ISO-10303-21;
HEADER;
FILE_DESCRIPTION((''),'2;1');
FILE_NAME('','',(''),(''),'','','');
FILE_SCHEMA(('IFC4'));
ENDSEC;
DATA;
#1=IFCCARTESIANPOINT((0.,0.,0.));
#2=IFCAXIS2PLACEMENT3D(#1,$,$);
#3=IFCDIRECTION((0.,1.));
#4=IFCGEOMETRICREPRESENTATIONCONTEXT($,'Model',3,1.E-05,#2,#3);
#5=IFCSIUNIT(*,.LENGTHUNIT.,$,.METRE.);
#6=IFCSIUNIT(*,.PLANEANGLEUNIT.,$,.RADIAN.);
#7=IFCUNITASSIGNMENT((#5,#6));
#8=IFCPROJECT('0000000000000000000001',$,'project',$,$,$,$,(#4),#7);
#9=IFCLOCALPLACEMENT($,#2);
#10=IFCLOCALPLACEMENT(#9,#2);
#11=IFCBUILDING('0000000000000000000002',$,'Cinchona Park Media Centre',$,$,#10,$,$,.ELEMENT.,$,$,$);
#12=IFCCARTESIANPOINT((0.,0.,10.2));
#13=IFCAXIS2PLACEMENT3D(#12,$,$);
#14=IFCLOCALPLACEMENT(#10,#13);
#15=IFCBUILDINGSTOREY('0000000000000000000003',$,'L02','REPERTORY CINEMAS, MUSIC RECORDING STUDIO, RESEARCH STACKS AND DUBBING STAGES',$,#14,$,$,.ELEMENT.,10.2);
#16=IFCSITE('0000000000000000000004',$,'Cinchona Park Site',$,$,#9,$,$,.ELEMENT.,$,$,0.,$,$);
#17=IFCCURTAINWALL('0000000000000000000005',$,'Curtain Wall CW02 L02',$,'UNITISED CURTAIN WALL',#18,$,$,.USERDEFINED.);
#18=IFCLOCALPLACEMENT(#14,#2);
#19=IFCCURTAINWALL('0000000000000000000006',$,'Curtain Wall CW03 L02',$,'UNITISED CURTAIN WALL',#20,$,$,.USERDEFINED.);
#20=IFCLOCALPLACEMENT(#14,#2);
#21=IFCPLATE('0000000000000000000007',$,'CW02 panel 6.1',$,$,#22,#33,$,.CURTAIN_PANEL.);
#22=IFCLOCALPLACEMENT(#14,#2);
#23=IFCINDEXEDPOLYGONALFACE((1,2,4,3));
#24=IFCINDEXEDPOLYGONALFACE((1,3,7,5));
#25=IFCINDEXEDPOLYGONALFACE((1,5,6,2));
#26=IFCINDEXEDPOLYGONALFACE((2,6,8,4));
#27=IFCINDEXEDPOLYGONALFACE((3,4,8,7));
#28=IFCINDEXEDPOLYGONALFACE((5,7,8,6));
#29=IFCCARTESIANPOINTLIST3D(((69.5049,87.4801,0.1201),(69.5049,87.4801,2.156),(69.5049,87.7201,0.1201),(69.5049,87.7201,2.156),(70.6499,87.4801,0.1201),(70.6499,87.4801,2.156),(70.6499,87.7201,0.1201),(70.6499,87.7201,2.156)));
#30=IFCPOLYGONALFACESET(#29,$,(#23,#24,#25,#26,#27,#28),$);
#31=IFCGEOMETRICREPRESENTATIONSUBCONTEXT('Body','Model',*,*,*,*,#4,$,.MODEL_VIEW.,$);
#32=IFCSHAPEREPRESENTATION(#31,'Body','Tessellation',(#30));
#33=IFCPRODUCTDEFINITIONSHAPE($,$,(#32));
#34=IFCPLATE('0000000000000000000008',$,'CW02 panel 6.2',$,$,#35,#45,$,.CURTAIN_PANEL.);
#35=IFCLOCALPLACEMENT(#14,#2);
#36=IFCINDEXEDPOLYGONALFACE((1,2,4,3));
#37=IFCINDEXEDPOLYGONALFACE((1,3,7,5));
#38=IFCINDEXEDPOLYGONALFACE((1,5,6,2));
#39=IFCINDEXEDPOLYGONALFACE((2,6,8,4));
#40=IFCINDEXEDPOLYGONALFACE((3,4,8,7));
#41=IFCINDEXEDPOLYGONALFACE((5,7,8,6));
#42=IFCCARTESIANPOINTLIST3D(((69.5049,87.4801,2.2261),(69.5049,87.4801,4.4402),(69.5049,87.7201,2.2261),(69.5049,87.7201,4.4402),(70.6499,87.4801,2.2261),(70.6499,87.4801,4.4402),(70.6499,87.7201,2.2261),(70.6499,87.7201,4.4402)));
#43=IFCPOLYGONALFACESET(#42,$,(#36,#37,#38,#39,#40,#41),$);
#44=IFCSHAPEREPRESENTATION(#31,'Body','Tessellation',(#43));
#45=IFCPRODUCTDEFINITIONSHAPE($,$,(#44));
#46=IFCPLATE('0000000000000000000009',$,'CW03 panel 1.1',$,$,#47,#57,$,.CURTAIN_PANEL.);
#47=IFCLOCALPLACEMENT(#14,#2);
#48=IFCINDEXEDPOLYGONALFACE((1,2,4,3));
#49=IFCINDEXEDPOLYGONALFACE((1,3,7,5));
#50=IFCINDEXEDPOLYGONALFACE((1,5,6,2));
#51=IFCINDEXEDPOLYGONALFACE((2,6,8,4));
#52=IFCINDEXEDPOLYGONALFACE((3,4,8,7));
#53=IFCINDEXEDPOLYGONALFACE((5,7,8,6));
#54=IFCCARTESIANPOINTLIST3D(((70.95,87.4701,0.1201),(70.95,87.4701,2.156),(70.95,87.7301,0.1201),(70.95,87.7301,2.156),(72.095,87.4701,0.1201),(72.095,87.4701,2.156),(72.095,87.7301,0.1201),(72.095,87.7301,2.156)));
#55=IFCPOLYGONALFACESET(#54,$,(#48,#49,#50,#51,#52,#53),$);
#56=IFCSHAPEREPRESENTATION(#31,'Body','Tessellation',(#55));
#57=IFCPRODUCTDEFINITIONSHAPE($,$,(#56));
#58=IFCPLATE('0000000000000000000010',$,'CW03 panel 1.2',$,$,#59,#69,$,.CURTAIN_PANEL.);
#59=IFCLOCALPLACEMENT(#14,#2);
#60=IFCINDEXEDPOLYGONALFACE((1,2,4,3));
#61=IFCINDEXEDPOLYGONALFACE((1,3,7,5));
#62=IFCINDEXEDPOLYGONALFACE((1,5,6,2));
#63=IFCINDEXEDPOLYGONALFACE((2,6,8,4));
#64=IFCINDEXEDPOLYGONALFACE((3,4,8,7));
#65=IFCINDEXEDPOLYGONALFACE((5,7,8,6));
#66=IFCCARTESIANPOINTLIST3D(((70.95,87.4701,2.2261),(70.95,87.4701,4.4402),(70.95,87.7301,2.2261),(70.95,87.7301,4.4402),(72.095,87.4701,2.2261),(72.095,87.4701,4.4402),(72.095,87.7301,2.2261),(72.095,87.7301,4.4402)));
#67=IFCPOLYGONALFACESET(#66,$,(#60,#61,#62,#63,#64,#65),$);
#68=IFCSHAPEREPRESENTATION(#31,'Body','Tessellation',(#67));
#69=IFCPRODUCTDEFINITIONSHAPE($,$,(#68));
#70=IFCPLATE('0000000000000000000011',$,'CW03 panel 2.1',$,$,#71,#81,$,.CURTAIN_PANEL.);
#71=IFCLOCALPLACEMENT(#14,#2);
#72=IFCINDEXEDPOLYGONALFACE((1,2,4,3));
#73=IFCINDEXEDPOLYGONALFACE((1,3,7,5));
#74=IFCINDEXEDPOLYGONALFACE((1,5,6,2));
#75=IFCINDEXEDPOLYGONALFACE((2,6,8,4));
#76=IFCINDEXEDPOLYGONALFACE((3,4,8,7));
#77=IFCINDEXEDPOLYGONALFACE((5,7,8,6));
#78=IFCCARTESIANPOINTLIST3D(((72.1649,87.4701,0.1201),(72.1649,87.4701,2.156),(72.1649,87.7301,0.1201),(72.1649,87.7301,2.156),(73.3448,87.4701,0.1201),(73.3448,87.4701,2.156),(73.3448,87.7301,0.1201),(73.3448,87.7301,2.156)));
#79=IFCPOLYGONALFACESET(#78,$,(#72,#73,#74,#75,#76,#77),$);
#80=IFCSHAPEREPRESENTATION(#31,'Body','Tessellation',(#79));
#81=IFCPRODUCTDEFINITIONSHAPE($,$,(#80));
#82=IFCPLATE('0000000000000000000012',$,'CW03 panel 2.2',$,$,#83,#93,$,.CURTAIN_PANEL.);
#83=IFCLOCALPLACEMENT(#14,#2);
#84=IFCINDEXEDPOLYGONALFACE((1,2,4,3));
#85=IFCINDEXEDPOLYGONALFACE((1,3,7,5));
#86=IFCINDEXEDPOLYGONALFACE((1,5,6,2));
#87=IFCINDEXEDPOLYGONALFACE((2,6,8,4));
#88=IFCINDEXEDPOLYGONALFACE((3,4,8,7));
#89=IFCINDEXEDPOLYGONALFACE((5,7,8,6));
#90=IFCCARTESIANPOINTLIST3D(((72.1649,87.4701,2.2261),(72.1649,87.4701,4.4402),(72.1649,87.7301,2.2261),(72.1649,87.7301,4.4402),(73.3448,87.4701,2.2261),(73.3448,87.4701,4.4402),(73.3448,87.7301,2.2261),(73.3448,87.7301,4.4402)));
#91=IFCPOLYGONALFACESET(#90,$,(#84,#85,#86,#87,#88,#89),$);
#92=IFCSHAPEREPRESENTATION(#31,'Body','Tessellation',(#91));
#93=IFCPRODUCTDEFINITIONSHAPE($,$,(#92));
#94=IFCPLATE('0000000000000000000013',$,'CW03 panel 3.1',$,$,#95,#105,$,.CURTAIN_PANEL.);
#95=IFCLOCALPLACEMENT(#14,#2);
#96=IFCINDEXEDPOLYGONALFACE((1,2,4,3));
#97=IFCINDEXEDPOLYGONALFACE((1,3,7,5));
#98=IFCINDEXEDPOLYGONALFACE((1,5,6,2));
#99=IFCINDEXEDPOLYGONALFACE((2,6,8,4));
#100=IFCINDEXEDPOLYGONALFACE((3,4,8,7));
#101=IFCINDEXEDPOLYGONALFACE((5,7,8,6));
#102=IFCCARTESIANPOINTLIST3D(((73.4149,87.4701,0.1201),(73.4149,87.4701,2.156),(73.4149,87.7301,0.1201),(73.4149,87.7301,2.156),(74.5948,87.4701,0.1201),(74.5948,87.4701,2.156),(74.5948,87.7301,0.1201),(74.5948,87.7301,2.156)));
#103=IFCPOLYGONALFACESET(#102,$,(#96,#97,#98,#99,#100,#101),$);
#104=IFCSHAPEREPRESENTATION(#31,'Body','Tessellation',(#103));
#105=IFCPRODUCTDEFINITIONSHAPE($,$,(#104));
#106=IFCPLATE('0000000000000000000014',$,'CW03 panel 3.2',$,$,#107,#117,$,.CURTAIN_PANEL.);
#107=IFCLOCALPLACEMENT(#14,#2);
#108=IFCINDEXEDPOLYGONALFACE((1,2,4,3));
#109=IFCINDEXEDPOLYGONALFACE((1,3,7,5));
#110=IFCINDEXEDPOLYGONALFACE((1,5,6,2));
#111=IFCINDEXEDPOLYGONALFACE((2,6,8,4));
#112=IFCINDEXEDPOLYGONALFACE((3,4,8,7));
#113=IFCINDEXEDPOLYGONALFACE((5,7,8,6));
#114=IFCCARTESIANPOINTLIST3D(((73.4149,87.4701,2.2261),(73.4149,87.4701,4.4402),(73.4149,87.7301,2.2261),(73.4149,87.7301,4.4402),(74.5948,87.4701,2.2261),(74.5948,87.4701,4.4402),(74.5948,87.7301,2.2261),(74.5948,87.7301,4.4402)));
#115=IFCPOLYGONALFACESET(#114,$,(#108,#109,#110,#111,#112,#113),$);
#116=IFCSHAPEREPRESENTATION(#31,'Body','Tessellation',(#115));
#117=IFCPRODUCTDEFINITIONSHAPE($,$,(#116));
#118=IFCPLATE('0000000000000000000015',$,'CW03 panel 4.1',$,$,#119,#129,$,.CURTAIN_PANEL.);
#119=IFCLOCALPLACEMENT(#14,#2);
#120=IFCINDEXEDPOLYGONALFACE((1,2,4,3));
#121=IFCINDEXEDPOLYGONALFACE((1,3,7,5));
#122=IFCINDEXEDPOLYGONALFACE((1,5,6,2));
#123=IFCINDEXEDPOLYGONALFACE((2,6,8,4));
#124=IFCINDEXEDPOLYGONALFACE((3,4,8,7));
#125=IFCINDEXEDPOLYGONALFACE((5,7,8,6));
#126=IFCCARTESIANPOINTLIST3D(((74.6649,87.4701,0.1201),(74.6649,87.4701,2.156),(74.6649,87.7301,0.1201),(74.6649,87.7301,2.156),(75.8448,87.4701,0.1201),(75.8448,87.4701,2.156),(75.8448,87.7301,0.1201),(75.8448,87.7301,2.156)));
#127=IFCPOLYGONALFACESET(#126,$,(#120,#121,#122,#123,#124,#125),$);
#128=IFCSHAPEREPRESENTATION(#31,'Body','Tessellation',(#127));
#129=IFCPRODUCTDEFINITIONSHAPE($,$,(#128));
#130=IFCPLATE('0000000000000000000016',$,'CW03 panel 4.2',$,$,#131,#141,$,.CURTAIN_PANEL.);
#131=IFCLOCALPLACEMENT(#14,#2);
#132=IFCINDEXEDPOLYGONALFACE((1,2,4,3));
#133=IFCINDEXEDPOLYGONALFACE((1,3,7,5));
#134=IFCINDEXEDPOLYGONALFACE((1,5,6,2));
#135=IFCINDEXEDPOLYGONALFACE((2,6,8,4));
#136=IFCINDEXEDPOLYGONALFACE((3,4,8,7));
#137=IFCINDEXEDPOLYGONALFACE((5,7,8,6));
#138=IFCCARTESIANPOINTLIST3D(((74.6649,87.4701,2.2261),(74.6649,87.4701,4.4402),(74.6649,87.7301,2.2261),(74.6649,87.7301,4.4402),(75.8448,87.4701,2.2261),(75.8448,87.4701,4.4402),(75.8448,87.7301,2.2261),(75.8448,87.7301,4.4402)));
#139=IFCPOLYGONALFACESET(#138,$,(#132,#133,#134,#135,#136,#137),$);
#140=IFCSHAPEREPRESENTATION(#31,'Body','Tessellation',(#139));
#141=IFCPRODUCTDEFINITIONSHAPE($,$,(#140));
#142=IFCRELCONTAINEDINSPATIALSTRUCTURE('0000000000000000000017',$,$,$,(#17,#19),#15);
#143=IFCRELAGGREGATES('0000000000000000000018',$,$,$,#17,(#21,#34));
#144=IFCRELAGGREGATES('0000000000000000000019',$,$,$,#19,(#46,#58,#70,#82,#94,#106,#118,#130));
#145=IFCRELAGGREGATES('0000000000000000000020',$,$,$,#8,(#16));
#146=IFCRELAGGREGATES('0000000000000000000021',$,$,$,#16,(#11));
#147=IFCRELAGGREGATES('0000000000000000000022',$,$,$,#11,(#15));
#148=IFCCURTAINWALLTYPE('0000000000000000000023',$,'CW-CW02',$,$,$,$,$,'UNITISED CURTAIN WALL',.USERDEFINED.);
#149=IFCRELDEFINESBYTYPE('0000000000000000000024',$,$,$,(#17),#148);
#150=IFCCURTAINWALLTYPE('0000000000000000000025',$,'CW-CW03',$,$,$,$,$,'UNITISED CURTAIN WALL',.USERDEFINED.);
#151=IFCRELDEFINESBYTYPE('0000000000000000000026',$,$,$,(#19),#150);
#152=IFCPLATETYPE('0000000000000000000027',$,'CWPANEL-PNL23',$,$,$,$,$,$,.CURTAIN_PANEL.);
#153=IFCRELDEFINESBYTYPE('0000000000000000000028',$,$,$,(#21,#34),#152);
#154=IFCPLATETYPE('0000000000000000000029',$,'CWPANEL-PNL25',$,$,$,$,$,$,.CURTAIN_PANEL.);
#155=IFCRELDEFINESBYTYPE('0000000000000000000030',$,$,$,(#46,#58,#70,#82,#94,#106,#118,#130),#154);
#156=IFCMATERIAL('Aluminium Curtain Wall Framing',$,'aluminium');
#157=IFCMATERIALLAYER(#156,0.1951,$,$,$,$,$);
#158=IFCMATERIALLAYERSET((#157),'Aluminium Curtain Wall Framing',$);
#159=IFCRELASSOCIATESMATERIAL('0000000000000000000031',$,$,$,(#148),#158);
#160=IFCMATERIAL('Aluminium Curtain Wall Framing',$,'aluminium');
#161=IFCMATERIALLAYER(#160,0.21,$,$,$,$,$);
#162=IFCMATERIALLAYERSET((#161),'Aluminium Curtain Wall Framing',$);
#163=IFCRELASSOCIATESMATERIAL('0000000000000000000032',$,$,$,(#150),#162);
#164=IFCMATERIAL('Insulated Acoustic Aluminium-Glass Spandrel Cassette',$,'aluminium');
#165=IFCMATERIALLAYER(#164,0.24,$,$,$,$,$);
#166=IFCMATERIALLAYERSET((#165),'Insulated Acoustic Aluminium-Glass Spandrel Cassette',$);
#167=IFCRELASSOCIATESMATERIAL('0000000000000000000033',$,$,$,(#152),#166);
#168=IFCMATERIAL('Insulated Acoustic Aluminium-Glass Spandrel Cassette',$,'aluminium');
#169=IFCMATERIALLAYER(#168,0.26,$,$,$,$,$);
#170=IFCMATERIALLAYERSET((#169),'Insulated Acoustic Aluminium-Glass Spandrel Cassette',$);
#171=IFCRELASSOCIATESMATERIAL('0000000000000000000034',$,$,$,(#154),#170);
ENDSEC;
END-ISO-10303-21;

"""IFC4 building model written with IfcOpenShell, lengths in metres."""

from ifc_helpers import new_model, si_unit, direction, frame, origin, origin_2d, place, context, subcontext, project, spatial, rectangle, extrude, material, layer, layer_set, type_object, element, aggregate, save


model = new_model("IFC4")

# Units and contexts
model_context = context("Model", 3, precision=1e-05, world=origin(), true_north=direction((0.0, 1.0)))
body_context = subcontext(model_context, "Body", "Model", "MODEL_VIEW")
ifc_project = project(units=[si_unit("LENGTHUNIT", "METRE"), si_unit("PLANEANGLEUNIT", "RADIAN")], contexts=[model_context])

# Site, building, storey
site_placement = place(None, origin())
site = spatial("IfcSite", under=ifc_project, at=site_placement, Name="Cinchona Park Site", CompositionType="ELEMENT", RefElevation=0.0)
building_placement = place(site_placement, origin())
building = spatial("IfcBuilding", under=site, at=building_placement, Name="Cinchona Park Media Centre", CompositionType="ELEMENT")
storey_placement = place(building_placement, frame((0.0, 0.0, 10.2)))
storey = spatial("IfcBuildingStorey", under=building, at=storey_placement, Name="L02", Description="REPERTORY CINEMAS, MUSIC RECORDING STUDIO, RESEARCH STACKS AND DUBBING STAGES", CompositionType="ELEMENT", Elevation=10.2)

# Curtain walls
ifc_material_1 = material(Name="Aluminium Curtain Wall Framing", Category="aluminium")
ifc_layer_1 = layer(ifc_material_1, 0.1951)
ifc_layer_set_1 = layer_set([ifc_layer_1], Name="Aluminium Curtain Wall Framing")
curtain_wall_type_1 = type_object("IfcCurtainWallType", Name="CW-CW02", ElementType="UNITISED CURTAIN WALL", PredefinedType="USERDEFINED", material=ifc_layer_set_1)
curtain_wall_1_placement = place(storey_placement, origin())
curtain_wall_1 = element("IfcCurtainWall", 1, at=curtain_wall_1_placement, inside=storey, type_object=curtain_wall_type_1, Name="Curtain Wall CW02 L02", ObjectType="UNITISED CURTAIN WALL", PredefinedType="USERDEFINED")
ifc_material_2 = material(Name="Aluminium Curtain Wall Framing", Category="aluminium")
ifc_layer_2 = layer(ifc_material_2, 0.21)
ifc_layer_set_2 = layer_set([ifc_layer_2], Name="Aluminium Curtain Wall Framing")
curtain_wall_type_2 = type_object("IfcCurtainWallType", Name="CW-CW03", ElementType="UNITISED CURTAIN WALL", PredefinedType="USERDEFINED", material=ifc_layer_set_2)
curtain_wall_2_placement = place(storey_placement, origin())
curtain_wall_2 = element("IfcCurtainWall", 2, at=curtain_wall_2_placement, inside=storey, type_object=curtain_wall_type_2, Name="Curtain Wall CW03 L02", ObjectType="UNITISED CURTAIN WALL", PredefinedType="USERDEFINED")

# Plates
ifc_material_3 = material(Name="Insulated Acoustic Aluminium-Glass Spandrel Cassette", Category="aluminium")
ifc_layer_3 = layer(ifc_material_3, 0.24)
ifc_layer_set_3 = layer_set([ifc_layer_3], Name="Insulated Acoustic Aluminium-Glass Spandrel Cassette")
plate_type_1 = type_object("IfcPlateType", Name="CWPANEL-PNL23", PredefinedType="CURTAIN_PANEL", material=ifc_layer_set_3)
plate_1_placement = place(storey_placement, frame((70.0774, 87.6001, 0.1201), z_axis=(0.0, 0.0, 1.0), x_axis=(1.0, 0.0, 0.0)))
plate_1 = element("IfcPlate", 3, at=plate_1_placement, type_object=plate_type_1, Name="CW02 panel 6.1", PredefinedType="CURTAIN_PANEL", context=body_context, shape_type="SweptSolid", body=[
    extrude(rectangle(XDim=1.145, YDim=0.24, at=origin_2d()), origin(), (0.0, 0.0, 1.0), 2.0359),
])
plate_2_placement = place(storey_placement, frame((70.0774, 87.6001, 2.2261), z_axis=(0.0, 0.0, 1.0), x_axis=(1.0, 0.0, 0.0)))
plate_2 = element("IfcPlate", 4, at=plate_2_placement, type_object=plate_type_1, Name="CW02 panel 6.2", PredefinedType="CURTAIN_PANEL", context=body_context, shape_type="SweptSolid", body=[
    extrude(rectangle(XDim=1.145, YDim=0.24, at=origin_2d()), origin(), (0.0, 0.0, 1.0), 2.2141),
])
aggregate(curtain_wall_1, [plate_1, plate_2])
ifc_material_4 = material(Name="Insulated Acoustic Aluminium-Glass Spandrel Cassette", Category="aluminium")
ifc_layer_4 = layer(ifc_material_4, 0.26)
ifc_layer_set_4 = layer_set([ifc_layer_4], Name="Insulated Acoustic Aluminium-Glass Spandrel Cassette")
plate_type_2 = type_object("IfcPlateType", Name="CWPANEL-PNL25", PredefinedType="CURTAIN_PANEL", material=ifc_layer_set_4)
plate_3_placement = place(storey_placement, frame((71.5225, 87.6001, 0.1201), z_axis=(0.0, 0.0, 1.0), x_axis=(1.0, 0.0, 0.0)))
plate_3 = element("IfcPlate", 5, at=plate_3_placement, type_object=plate_type_2, Name="CW03 panel 1.1", PredefinedType="CURTAIN_PANEL", context=body_context, shape_type="SweptSolid", body=[
    extrude(rectangle(XDim=1.145, YDim=0.26, at=origin_2d()), origin(), (0.0, 0.0, 1.0), 2.0359),
])
plate_4_placement = place(storey_placement, frame((71.5225, 87.6001, 2.2261), z_axis=(0.0, 0.0, 1.0), x_axis=(1.0, 0.0, 0.0)))
plate_4 = element("IfcPlate", 6, at=plate_4_placement, type_object=plate_type_2, Name="CW03 panel 1.2", PredefinedType="CURTAIN_PANEL", context=body_context, shape_type="SweptSolid", body=[
    extrude(rectangle(XDim=1.145, YDim=0.26, at=origin_2d()), origin(), (0.0, 0.0, 1.0), 2.2141),
])
plate_5_placement = place(storey_placement, frame((72.7549, 87.6001, 0.1201), z_axis=(0.0, 0.0, 1.0), x_axis=(1.0, 0.0, 0.0)))
plate_5 = element("IfcPlate", 7, at=plate_5_placement, type_object=plate_type_2, Name="CW03 panel 2.1", PredefinedType="CURTAIN_PANEL", context=body_context, shape_type="SweptSolid", body=[
    extrude(rectangle(XDim=1.1799, YDim=0.26, at=origin_2d()), origin(), (0.0, 0.0, 1.0), 2.0359),
])
plate_6_placement = place(storey_placement, frame((72.7549, 87.6001, 2.2261), z_axis=(0.0, 0.0, 1.0), x_axis=(1.0, 0.0, 0.0)))
plate_6 = element("IfcPlate", 8, at=plate_6_placement, type_object=plate_type_2, Name="CW03 panel 2.2", PredefinedType="CURTAIN_PANEL", context=body_context, shape_type="SweptSolid", body=[
    extrude(rectangle(XDim=1.1799, YDim=0.26, at=origin_2d()), origin(), (0.0, 0.0, 1.0), 2.2141),
])
plate_7_placement = place(storey_placement, frame((74.0049, 87.6001, 0.1201), z_axis=(0.0, 0.0, 1.0), x_axis=(1.0, 0.0, 0.0)))
plate_7 = element("IfcPlate", 9, at=plate_7_placement, type_object=plate_type_2, Name="CW03 panel 3.1", PredefinedType="CURTAIN_PANEL", context=body_context, shape_type="SweptSolid", body=[
    extrude(rectangle(XDim=1.1799, YDim=0.26, at=origin_2d()), origin(), (0.0, 0.0, 1.0), 2.0359),
])
plate_8_placement = place(storey_placement, frame((74.0049, 87.6001, 2.2261), z_axis=(0.0, 0.0, 1.0), x_axis=(1.0, 0.0, 0.0)))
plate_8 = element("IfcPlate", 10, at=plate_8_placement, type_object=plate_type_2, Name="CW03 panel 3.2", PredefinedType="CURTAIN_PANEL", context=body_context, shape_type="SweptSolid", body=[
    extrude(rectangle(XDim=1.1799, YDim=0.26, at=origin_2d()), origin(), (0.0, 0.0, 1.0), 2.2141),
])
plate_9_placement = place(storey_placement, frame((75.2549, 87.6001, 0.1201), z_axis=(0.0, 0.0, 1.0), x_axis=(1.0, 0.0, 0.0)))
plate_9 = element("IfcPlate", 11, at=plate_9_placement, type_object=plate_type_2, Name="CW03 panel 4.1", PredefinedType="CURTAIN_PANEL", context=body_context, shape_type="SweptSolid", body=[
    extrude(rectangle(XDim=1.1799, YDim=0.26, at=origin_2d()), origin(), (0.0, 0.0, 1.0), 2.0359),
])
plate_10_placement = place(storey_placement, frame((75.2549, 87.6001, 2.2261), z_axis=(0.0, 0.0, 1.0), x_axis=(1.0, 0.0, 0.0)))
plate_10 = element("IfcPlate", 12, at=plate_10_placement, type_object=plate_type_2, Name="CW03 panel 4.2", PredefinedType="CURTAIN_PANEL", context=body_context, shape_type="SweptSolid", body=[
    extrude(rectangle(XDim=1.1799, YDim=0.26, at=origin_2d()), origin(), (0.0, 0.0, 1.0), 2.2141),
])
aggregate(curtain_wall_2, [plate_3, plate_4, plate_5, plate_6, plate_7, plate_8, plate_9, plate_10])

save(model, "model.ifc")
